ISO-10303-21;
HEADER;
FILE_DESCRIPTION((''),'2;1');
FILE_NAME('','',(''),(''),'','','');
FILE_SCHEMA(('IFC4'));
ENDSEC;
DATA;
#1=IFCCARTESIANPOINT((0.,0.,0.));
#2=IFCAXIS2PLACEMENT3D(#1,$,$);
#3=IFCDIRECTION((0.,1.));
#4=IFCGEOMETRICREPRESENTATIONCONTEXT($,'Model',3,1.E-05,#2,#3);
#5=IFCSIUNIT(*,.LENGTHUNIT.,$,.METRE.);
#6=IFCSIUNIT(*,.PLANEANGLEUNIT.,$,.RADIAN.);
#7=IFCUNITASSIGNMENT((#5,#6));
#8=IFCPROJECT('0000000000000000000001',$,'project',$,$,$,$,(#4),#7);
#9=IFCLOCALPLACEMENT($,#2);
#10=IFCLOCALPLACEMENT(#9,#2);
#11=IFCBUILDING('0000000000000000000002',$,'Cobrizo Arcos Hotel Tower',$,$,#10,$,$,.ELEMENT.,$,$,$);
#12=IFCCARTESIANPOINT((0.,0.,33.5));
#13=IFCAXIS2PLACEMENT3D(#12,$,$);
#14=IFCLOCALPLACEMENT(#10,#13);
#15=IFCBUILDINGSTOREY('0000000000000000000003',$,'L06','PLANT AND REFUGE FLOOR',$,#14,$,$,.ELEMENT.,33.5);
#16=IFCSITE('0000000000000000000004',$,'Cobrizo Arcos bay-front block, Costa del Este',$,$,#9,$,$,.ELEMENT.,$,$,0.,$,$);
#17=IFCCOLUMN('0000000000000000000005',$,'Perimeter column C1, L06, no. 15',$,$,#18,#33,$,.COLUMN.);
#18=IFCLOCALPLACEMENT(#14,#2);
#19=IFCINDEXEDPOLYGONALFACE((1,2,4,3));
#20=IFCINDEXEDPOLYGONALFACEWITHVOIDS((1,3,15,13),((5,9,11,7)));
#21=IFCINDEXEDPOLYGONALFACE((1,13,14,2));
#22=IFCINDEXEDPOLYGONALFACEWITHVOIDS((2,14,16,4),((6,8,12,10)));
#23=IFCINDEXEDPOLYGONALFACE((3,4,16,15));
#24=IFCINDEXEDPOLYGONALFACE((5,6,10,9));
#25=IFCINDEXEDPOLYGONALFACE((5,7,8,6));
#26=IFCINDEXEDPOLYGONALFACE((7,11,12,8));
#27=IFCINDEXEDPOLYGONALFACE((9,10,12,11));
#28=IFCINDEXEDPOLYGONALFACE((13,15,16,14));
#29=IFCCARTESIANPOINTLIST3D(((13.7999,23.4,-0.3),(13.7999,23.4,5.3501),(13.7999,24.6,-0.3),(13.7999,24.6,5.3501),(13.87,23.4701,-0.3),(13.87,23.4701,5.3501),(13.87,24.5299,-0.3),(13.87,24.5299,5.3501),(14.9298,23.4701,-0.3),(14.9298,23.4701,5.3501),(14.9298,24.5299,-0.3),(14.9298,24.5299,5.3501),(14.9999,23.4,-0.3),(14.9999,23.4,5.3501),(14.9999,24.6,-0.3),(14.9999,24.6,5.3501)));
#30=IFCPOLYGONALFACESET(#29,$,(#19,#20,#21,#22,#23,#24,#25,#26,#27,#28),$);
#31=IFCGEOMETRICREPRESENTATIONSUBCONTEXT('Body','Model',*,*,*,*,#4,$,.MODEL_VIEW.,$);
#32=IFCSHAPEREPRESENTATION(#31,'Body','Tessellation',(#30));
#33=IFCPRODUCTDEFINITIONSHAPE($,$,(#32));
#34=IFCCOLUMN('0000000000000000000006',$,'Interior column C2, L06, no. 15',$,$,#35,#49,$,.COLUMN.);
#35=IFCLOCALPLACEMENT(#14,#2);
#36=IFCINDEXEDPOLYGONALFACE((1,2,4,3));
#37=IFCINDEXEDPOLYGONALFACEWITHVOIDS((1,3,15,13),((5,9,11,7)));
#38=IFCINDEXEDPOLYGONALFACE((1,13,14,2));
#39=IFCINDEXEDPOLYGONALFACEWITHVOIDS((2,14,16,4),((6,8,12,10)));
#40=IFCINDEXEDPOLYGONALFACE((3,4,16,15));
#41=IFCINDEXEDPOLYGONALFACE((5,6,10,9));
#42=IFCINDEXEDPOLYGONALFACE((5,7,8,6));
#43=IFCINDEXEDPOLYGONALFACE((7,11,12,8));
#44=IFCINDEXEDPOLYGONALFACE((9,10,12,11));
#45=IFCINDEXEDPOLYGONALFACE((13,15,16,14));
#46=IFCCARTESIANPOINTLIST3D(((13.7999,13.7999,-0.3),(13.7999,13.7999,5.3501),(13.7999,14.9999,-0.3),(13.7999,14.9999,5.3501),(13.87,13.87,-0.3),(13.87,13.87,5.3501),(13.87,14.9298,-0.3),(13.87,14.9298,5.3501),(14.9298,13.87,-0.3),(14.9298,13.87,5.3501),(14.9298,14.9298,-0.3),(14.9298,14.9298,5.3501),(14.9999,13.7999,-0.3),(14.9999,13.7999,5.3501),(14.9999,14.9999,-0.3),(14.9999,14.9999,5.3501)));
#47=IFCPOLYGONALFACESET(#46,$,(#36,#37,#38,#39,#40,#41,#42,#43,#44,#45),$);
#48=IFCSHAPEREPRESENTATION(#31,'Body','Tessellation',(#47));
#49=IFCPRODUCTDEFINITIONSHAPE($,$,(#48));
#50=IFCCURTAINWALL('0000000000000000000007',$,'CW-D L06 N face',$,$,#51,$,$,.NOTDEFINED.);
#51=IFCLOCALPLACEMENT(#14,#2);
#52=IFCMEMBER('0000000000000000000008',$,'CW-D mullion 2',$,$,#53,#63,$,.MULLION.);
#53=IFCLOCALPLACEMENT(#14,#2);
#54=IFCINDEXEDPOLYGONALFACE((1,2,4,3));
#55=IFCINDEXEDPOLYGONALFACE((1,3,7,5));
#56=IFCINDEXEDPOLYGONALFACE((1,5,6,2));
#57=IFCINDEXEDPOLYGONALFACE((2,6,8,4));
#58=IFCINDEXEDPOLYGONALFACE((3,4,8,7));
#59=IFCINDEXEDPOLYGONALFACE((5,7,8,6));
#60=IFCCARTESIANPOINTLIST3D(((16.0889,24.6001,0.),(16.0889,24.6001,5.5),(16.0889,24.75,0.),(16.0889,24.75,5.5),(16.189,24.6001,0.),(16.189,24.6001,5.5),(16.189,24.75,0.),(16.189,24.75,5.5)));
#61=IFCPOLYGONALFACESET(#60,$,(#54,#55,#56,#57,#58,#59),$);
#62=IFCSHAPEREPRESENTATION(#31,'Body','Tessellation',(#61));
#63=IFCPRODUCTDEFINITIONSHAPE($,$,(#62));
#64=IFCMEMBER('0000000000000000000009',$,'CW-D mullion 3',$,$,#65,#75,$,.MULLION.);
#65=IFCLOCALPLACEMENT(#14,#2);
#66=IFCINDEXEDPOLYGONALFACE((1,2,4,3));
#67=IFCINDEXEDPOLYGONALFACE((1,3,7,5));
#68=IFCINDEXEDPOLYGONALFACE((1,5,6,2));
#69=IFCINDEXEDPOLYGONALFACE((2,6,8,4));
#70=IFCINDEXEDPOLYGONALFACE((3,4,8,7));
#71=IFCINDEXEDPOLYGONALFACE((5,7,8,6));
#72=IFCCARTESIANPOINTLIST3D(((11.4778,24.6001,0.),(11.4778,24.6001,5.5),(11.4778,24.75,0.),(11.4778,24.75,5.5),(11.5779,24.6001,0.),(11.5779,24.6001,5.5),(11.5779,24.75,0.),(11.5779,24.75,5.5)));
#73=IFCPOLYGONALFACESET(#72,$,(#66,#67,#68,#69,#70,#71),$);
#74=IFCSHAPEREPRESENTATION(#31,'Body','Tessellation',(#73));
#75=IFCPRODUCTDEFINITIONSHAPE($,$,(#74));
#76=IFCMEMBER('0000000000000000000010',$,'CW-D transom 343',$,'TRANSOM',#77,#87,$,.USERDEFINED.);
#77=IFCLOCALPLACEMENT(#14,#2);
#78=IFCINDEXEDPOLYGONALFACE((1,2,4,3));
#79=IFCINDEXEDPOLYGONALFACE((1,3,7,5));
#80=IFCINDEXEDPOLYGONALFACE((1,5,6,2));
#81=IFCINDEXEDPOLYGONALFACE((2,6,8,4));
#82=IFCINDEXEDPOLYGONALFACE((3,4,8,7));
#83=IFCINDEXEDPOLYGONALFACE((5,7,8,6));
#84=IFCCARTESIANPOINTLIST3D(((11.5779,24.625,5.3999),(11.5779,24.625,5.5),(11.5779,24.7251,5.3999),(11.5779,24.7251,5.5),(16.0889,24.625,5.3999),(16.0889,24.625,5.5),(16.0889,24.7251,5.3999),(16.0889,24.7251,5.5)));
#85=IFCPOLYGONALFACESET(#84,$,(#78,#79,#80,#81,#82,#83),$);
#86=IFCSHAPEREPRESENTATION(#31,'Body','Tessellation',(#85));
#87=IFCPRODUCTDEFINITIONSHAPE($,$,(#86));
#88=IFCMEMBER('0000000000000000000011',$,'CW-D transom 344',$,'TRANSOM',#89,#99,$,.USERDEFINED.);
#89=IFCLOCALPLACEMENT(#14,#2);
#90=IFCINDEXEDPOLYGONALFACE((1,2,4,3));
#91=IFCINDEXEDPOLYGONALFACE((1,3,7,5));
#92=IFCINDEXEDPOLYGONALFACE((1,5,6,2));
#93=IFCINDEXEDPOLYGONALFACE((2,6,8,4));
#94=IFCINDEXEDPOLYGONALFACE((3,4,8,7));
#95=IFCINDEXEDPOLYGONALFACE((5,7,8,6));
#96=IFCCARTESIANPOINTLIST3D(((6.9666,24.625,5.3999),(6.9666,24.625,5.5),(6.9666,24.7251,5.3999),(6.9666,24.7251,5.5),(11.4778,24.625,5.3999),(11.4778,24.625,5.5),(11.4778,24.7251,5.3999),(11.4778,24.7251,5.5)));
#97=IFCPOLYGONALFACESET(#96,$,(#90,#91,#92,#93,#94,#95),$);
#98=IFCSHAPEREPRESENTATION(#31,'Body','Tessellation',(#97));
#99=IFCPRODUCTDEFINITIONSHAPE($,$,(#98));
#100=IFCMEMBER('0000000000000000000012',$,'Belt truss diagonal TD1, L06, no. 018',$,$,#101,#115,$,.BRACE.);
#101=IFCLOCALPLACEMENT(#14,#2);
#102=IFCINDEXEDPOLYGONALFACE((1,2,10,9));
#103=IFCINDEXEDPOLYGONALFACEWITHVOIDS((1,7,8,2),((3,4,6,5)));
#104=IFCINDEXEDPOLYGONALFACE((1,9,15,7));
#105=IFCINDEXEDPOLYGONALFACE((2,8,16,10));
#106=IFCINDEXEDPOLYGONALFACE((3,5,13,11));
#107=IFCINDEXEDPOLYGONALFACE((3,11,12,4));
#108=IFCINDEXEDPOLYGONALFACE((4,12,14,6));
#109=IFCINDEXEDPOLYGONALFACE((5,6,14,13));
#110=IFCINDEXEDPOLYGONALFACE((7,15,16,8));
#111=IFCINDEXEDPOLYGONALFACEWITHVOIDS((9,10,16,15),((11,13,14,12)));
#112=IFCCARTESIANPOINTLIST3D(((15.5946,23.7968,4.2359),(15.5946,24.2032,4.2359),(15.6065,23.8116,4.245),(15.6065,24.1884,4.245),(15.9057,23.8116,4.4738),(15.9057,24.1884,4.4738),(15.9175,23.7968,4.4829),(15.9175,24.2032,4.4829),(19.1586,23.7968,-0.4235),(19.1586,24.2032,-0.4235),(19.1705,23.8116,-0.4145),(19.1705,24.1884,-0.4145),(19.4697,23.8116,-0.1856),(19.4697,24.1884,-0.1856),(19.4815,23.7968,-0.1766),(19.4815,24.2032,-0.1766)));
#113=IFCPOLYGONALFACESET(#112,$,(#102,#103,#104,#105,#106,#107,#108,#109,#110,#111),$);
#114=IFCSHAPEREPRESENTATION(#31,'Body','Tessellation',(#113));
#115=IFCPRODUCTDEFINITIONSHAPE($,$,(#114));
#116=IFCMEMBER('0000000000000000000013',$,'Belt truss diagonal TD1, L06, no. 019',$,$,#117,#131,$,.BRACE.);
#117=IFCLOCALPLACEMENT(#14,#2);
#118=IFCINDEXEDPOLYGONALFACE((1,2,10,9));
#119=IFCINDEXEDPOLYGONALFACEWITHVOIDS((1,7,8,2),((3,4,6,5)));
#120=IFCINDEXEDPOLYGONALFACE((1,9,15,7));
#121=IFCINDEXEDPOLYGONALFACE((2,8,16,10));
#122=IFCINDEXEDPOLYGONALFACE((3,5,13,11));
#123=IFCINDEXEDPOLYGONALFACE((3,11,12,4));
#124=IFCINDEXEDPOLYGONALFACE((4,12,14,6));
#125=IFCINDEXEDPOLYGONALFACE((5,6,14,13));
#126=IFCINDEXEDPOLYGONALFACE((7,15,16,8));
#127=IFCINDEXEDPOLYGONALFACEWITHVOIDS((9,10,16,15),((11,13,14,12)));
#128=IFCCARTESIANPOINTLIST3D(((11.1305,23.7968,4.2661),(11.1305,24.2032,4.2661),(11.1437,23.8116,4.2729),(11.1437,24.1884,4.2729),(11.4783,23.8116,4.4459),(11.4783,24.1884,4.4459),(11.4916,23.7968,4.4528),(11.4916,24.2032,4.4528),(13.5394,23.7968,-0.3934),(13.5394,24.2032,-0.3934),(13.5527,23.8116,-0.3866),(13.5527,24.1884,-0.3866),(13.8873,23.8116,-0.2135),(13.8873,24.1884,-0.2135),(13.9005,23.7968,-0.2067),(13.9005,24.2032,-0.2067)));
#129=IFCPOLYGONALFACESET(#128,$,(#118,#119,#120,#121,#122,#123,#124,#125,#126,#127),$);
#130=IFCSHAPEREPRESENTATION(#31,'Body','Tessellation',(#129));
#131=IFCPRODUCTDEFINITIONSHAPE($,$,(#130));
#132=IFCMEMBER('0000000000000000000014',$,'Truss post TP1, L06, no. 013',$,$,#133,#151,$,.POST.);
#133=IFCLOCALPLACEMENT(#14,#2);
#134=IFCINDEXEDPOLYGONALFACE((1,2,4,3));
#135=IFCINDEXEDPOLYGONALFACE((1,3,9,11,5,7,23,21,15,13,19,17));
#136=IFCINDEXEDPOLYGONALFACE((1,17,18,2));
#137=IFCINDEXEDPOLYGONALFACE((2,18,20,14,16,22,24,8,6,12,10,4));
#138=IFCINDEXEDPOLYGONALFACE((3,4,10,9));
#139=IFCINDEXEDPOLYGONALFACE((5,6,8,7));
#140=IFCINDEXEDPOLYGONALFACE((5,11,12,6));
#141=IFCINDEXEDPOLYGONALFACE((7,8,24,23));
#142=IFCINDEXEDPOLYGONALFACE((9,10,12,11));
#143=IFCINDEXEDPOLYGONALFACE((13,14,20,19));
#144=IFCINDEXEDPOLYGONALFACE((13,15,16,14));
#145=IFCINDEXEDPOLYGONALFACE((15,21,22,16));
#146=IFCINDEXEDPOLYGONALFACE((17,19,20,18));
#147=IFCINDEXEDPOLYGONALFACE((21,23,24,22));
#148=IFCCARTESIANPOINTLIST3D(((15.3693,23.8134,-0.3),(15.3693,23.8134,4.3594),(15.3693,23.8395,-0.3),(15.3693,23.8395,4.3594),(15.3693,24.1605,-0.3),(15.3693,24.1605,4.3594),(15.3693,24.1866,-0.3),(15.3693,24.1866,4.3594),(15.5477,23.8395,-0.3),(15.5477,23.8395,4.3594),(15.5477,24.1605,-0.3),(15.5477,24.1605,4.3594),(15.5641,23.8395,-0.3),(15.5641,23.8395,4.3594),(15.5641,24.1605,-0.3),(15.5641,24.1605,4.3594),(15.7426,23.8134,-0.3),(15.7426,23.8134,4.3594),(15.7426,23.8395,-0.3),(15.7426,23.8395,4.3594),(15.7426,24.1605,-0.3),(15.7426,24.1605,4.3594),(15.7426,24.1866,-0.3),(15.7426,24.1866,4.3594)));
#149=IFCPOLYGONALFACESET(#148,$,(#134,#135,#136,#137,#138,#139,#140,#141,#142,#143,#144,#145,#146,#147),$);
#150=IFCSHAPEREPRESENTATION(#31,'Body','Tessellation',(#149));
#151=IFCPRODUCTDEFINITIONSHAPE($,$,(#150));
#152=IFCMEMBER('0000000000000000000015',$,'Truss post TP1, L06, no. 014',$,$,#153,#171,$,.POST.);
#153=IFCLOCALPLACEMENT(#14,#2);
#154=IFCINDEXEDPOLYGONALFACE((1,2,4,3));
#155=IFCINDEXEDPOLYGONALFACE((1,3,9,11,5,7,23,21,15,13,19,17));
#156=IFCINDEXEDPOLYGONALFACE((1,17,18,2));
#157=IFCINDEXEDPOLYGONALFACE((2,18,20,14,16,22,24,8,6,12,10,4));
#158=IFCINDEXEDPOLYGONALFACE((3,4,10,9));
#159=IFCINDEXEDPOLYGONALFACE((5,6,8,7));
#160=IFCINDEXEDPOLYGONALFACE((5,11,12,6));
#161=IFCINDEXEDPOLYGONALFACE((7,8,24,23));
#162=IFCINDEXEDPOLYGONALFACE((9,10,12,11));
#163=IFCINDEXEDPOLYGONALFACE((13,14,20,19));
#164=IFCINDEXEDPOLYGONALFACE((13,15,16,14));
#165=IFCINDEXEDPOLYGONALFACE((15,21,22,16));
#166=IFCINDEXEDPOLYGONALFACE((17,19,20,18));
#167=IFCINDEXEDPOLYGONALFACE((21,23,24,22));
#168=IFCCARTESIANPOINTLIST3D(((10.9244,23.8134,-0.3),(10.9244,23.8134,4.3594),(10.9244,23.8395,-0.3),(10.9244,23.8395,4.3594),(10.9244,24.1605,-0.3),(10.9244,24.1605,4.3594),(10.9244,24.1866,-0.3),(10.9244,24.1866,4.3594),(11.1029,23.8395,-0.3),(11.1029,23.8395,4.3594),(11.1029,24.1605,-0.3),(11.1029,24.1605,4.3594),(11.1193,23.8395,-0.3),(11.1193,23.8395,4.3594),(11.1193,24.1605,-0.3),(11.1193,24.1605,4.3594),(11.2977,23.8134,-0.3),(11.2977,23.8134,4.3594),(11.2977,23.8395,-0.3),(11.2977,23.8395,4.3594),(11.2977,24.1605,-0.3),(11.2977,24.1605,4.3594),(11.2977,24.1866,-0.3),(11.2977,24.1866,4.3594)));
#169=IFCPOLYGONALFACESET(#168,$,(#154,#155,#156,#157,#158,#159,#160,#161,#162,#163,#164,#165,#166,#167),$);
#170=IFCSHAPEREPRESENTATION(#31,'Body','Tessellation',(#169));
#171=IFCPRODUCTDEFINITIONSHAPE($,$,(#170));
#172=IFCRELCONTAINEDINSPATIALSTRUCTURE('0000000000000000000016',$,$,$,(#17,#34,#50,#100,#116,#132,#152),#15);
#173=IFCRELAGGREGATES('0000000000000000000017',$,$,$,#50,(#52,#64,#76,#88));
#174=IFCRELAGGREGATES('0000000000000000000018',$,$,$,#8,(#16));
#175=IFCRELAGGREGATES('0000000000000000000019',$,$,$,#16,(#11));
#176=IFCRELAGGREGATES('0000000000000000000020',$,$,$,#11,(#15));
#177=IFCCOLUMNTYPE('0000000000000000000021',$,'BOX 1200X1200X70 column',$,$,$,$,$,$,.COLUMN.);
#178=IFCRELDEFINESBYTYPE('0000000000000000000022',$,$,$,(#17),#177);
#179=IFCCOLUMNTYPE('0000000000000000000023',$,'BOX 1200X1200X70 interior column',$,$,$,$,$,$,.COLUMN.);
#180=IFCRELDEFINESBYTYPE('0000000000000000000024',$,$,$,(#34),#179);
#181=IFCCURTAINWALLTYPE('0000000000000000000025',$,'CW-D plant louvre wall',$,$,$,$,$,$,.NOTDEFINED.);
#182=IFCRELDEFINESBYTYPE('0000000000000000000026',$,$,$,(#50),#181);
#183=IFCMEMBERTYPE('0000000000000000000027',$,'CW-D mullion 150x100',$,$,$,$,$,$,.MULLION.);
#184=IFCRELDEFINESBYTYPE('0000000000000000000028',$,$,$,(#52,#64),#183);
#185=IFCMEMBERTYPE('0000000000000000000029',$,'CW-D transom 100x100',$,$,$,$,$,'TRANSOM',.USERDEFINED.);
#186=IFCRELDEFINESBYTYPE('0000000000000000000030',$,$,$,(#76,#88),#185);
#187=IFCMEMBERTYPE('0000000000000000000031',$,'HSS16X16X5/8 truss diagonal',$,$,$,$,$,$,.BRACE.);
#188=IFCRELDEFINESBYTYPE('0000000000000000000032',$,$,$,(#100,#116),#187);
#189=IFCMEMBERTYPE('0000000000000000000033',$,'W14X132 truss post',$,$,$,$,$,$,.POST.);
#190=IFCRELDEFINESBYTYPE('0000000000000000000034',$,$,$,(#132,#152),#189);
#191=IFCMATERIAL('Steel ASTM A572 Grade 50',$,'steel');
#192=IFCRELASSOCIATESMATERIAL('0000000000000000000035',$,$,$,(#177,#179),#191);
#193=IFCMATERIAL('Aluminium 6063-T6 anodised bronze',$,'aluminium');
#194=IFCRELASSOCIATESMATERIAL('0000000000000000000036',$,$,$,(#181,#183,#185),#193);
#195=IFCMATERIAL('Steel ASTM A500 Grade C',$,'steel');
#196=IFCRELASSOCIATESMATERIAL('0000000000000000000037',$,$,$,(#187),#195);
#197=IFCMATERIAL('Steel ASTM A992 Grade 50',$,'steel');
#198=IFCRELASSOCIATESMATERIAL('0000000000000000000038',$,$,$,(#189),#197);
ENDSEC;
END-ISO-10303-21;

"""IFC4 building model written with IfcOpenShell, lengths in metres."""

from ifc_helpers import new_model, si_unit, direction, frame, origin, origin_2d, place, context, subcontext, project, spatial, rectangle, hollow_rectangle, i_section, extrude, material, material_profile, profile_set, type_object, element, aggregate, save


model = new_model("IFC4")

# Units and contexts
model_context = context("Model", 3, precision=1e-05, world=origin(), true_north=direction((0.0, 1.0)))
body_context = subcontext(model_context, "Body", "Model", "MODEL_VIEW")
ifc_project = project(units=[si_unit("LENGTHUNIT", "METRE"), si_unit("PLANEANGLEUNIT", "RADIAN")], contexts=[model_context])

# Site, building, storey
site_placement = place(None, origin())
site = spatial("IfcSite", under=ifc_project, at=site_placement, Name="Cobrizo Arcos bay-front block, Costa del Este", CompositionType="ELEMENT", RefElevation=0.0)
building_placement = place(site_placement, origin())
building = spatial("IfcBuilding", under=site, at=building_placement, Name="Cobrizo Arcos Hotel Tower", CompositionType="ELEMENT")
storey_placement = place(building_placement, frame((0.0, 0.0, 33.5)))
storey = spatial("IfcBuildingStorey", under=building, at=storey_placement, Name="L06", Description="PLANT AND REFUGE FLOOR", CompositionType="ELEMENT", Elevation=33.5)

# Columns
ifc_material_1 = material(Name="Steel ASTM A572 Grade 50", Category="steel")
ifc_material_profile_1 = material_profile(ifc_material_1, hollow_rectangle(XDim=1.2, YDim=1.2, WallThickness=0.0701, at=origin_2d()), Name="BOX 1200X1200X70")
ifc_profile_set_1 = profile_set([ifc_material_profile_1], Name="Steel ASTM A572 Grade 50")
column_type_1 = type_object("IfcColumnType", Name="BOX 1200X1200X70 column", PredefinedType="COLUMN", material=ifc_profile_set_1)
column_1_placement = place(storey_placement, frame((14.3999, 24.0, -0.3), z_axis=(0.0, 0.0, 1.0), x_axis=(1.0, 0.0, 0.0)))
element("IfcColumn", 1, at=column_1_placement, inside=storey, type_object=column_type_1, Name="Perimeter column C1, L06, no. 15", PredefinedType="COLUMN", context=body_context, shape_type="SweptSolid", body=[
    extrude(hollow_rectangle(XDim=1.2, YDim=1.2, WallThickness=0.0701, at=origin_2d()), origin(), (0.0, 0.0, 1.0), 5.6501),
])
ifc_material_profile_2 = material_profile(ifc_material_1, hollow_rectangle(XDim=1.2, YDim=1.2, WallThickness=0.0701, at=origin_2d()), Name="BOX 1200X1200X70")
ifc_profile_set_2 = profile_set([ifc_material_profile_2], Name="Steel ASTM A572 Grade 50")
column_type_2 = type_object("IfcColumnType", Name="BOX 1200X1200X70 interior column", PredefinedType="COLUMN", material=ifc_profile_set_2)
column_2_placement = place(storey_placement, frame((14.3999, 14.3999, -0.3), z_axis=(0.0, 0.0, 1.0), x_axis=(1.0, 0.0, 0.0)))
element("IfcColumn", 2, at=column_2_placement, inside=storey, type_object=column_type_2, Name="Interior column C2, L06, no. 15", PredefinedType="COLUMN", context=body_context, shape_type="SweptSolid", body=[
    extrude(hollow_rectangle(XDim=1.2, YDim=1.2, WallThickness=0.0701, at=origin_2d()), origin(), (0.0, 0.0, 1.0), 5.6501),
])

# Curtain wall, members
ifc_material_2 = material(Name="Aluminium 6063-T6 anodised bronze", Category="aluminium")
curtain_wall_type = type_object("IfcCurtainWallType", Name="CW-D plant louvre wall", PredefinedType="NOTDEFINED", material=ifc_material_2)
curtain_wall_placement = place(storey_placement, origin())
curtain_wall = element("IfcCurtainWall", 3, at=curtain_wall_placement, inside=storey, type_object=curtain_wall_type, Name="CW-D L06 N face", PredefinedType="NOTDEFINED")
ifc_material_profile_3 = material_profile(ifc_material_2, rectangle(XDim=0.1499, YDim=0.1001, at=origin_2d()), Name="CW-D mullion 150x100")
ifc_profile_set_3 = profile_set([ifc_material_profile_3], Name="Aluminium 6063-T6 anodised bronze")
member_type_1 = type_object("IfcMemberType", Name="CW-D mullion 150x100", PredefinedType="MULLION", material=ifc_profile_set_3)
member_1_placement = place(storey_placement, frame((16.1389, 24.675, 0.0), z_axis=(0.0, 0.0, 1.0), x_axis=(0.0, 1.0, 0.0)))
member_1 = element("IfcMember", 4, at=member_1_placement, type_object=member_type_1, Name="CW-D mullion 2", PredefinedType="MULLION", context=body_context, shape_type="SweptSolid", body=[
    extrude(rectangle(XDim=0.1499, YDim=0.1001, at=origin_2d()), origin(), (0.0, 0.0, 1.0), 5.5),
])
member_2_placement = place(storey_placement, frame((11.5278, 24.675, 0.0), z_axis=(0.0, 0.0, 1.0), x_axis=(0.0, 1.0, 0.0)))
member_2 = element("IfcMember", 5, at=member_2_placement, type_object=member_type_1, Name="CW-D mullion 3", PredefinedType="MULLION", context=body_context, shape_type="SweptSolid", body=[
    extrude(rectangle(XDim=0.1499, YDim=0.1001, at=origin_2d()), origin(), (0.0, 0.0, 1.0), 5.5),
])
ifc_material_profile_4 = material_profile(ifc_material_2, rectangle(XDim=0.1001, YDim=0.1001, at=origin_2d()), Name="CW-D transom 100x100")
ifc_profile_set_4 = profile_set([ifc_material_profile_4], Name="Aluminium 6063-T6 anodised bronze")
member_type_2 = type_object("IfcMemberType", Name="CW-D transom 100x100", ElementType="TRANSOM", PredefinedType="USERDEFINED", material=ifc_profile_set_4)
member_3_placement = place(storey_placement, frame((16.0889, 24.675, 5.45), z_axis=(-1.0, 0.0, 0.0), x_axis=(0.0, -1.0, 0.0)))
member_3 = element("IfcMember", 6, at=member_3_placement, type_object=member_type_2, Name="CW-D transom 343", ObjectType="TRANSOM", PredefinedType="USERDEFINED", context=body_context, shape_type="SweptSolid", body=[
    extrude(rectangle(XDim=0.1001, YDim=0.1001, at=origin_2d()), origin(), (0.0, 0.0, 1.0), 4.511),
])
member_4_placement = place(storey_placement, frame((11.4778, 24.675, 5.45), z_axis=(-1.0, 0.0, 0.0), x_axis=(0.0, -1.0, 0.0)))
member_4 = element("IfcMember", 7, at=member_4_placement, type_object=member_type_2, Name="CW-D transom 344", ObjectType="TRANSOM", PredefinedType="USERDEFINED", context=body_context, shape_type="SweptSolid", body=[
    extrude(rectangle(XDim=0.1001, YDim=0.1001, at=origin_2d()), origin(), (0.0, 0.0, 1.0), 4.5112),
])

# Members
ifc_material_3 = material(Name="Steel ASTM A500 Grade C", Category="steel")
ifc_material_profile_5 = material_profile(ifc_material_3, hollow_rectangle(XDim=0.4065, YDim=0.4065, WallThickness=0.0149, at=origin_2d()), Name="HSS16X16X5/8")
ifc_profile_set_5 = profile_set([ifc_material_profile_5], Name="Steel ASTM A500 Grade C")
member_type_3 = type_object("IfcMemberType", Name="HSS16X16X5/8 truss diagonal", PredefinedType="BRACE", material=ifc_profile_set_5)
member_5_placement = place(storey_placement, frame((19.3201, 24.0, -0.3), z_axis=(-0.607544, 0.0, 0.794286), x_axis=(0.0, -1.0, 0.0)))
element("IfcMember", 8, at=member_5_placement, inside=storey, type_object=member_type_3, Name="Belt truss diagonal TD1, L06, no. 018", PredefinedType="BRACE", context=body_context, shape_type="SweptSolid", body=[
    extrude(hollow_rectangle(XDim=0.4065, YDim=0.4065, WallThickness=0.0149, at=origin_2d()), origin(), (0.0, 0.0, 1.0), 5.8662),
])
member_6_placement = place(storey_placement, frame((13.72, 24.0, -0.3), z_axis=(-0.459256, 0.0, 0.888304), x_axis=(0.0, -1.0, 0.0)))
element("IfcMember", 9, at=member_6_placement, inside=storey, type_object=member_type_3, Name="Belt truss diagonal TD1, L06, no. 019", PredefinedType="BRACE", context=body_context, shape_type="SweptSolid", body=[
    extrude(hollow_rectangle(XDim=0.4065, YDim=0.4065, WallThickness=0.0149, at=origin_2d()), origin(), (0.0, 0.0, 1.0), 5.2454),
])
ifc_material_4 = material(Name="Steel ASTM A992 Grade 50", Category="steel")
ifc_material_profile_6 = material_profile(ifc_material_4, i_section(OverallWidth=0.3733, OverallDepth=0.3733, WebThickness=0.0164, FlangeThickness=0.0261, at=origin_2d()), Name="W14X132")
ifc_profile_set_6 = profile_set([ifc_material_profile_6], Name="Steel ASTM A992 Grade 50")
member_type_4 = type_object("IfcMemberType", Name="W14X132 truss post", PredefinedType="POST", material=ifc_profile_set_6)
for number, where, z_axis, x_axis, name in (
    (10, (15.5559, 24.0, -0.3), (0.0, 0.0, 1.0), (1.0, 0.0, 0.0), "Truss post TP1, L06, no. 013"),
    (11, (11.1111, 24.0, -0.3), (0.0, 0.0, 1.0), (1.0, 0.0, 0.0), "Truss post TP1, L06, no. 014"),
):
    element("IfcMember", number, at=place(storey_placement, frame(where, z_axis=z_axis, x_axis=x_axis)), inside=storey, type_object=member_type_4, Name=name, PredefinedType="POST", context=body_context, shape_type="SweptSolid", body=[
        extrude(i_section(OverallWidth=0.3733, OverallDepth=0.3733, WebThickness=0.0164, FlangeThickness=0.0261, at=origin_2d()), origin(), (0.0, 0.0, 1.0), 4.6594),
    ])

aggregate(curtain_wall, [member_1, member_2, member_3, member_4])

save(model, "model.ifc")
